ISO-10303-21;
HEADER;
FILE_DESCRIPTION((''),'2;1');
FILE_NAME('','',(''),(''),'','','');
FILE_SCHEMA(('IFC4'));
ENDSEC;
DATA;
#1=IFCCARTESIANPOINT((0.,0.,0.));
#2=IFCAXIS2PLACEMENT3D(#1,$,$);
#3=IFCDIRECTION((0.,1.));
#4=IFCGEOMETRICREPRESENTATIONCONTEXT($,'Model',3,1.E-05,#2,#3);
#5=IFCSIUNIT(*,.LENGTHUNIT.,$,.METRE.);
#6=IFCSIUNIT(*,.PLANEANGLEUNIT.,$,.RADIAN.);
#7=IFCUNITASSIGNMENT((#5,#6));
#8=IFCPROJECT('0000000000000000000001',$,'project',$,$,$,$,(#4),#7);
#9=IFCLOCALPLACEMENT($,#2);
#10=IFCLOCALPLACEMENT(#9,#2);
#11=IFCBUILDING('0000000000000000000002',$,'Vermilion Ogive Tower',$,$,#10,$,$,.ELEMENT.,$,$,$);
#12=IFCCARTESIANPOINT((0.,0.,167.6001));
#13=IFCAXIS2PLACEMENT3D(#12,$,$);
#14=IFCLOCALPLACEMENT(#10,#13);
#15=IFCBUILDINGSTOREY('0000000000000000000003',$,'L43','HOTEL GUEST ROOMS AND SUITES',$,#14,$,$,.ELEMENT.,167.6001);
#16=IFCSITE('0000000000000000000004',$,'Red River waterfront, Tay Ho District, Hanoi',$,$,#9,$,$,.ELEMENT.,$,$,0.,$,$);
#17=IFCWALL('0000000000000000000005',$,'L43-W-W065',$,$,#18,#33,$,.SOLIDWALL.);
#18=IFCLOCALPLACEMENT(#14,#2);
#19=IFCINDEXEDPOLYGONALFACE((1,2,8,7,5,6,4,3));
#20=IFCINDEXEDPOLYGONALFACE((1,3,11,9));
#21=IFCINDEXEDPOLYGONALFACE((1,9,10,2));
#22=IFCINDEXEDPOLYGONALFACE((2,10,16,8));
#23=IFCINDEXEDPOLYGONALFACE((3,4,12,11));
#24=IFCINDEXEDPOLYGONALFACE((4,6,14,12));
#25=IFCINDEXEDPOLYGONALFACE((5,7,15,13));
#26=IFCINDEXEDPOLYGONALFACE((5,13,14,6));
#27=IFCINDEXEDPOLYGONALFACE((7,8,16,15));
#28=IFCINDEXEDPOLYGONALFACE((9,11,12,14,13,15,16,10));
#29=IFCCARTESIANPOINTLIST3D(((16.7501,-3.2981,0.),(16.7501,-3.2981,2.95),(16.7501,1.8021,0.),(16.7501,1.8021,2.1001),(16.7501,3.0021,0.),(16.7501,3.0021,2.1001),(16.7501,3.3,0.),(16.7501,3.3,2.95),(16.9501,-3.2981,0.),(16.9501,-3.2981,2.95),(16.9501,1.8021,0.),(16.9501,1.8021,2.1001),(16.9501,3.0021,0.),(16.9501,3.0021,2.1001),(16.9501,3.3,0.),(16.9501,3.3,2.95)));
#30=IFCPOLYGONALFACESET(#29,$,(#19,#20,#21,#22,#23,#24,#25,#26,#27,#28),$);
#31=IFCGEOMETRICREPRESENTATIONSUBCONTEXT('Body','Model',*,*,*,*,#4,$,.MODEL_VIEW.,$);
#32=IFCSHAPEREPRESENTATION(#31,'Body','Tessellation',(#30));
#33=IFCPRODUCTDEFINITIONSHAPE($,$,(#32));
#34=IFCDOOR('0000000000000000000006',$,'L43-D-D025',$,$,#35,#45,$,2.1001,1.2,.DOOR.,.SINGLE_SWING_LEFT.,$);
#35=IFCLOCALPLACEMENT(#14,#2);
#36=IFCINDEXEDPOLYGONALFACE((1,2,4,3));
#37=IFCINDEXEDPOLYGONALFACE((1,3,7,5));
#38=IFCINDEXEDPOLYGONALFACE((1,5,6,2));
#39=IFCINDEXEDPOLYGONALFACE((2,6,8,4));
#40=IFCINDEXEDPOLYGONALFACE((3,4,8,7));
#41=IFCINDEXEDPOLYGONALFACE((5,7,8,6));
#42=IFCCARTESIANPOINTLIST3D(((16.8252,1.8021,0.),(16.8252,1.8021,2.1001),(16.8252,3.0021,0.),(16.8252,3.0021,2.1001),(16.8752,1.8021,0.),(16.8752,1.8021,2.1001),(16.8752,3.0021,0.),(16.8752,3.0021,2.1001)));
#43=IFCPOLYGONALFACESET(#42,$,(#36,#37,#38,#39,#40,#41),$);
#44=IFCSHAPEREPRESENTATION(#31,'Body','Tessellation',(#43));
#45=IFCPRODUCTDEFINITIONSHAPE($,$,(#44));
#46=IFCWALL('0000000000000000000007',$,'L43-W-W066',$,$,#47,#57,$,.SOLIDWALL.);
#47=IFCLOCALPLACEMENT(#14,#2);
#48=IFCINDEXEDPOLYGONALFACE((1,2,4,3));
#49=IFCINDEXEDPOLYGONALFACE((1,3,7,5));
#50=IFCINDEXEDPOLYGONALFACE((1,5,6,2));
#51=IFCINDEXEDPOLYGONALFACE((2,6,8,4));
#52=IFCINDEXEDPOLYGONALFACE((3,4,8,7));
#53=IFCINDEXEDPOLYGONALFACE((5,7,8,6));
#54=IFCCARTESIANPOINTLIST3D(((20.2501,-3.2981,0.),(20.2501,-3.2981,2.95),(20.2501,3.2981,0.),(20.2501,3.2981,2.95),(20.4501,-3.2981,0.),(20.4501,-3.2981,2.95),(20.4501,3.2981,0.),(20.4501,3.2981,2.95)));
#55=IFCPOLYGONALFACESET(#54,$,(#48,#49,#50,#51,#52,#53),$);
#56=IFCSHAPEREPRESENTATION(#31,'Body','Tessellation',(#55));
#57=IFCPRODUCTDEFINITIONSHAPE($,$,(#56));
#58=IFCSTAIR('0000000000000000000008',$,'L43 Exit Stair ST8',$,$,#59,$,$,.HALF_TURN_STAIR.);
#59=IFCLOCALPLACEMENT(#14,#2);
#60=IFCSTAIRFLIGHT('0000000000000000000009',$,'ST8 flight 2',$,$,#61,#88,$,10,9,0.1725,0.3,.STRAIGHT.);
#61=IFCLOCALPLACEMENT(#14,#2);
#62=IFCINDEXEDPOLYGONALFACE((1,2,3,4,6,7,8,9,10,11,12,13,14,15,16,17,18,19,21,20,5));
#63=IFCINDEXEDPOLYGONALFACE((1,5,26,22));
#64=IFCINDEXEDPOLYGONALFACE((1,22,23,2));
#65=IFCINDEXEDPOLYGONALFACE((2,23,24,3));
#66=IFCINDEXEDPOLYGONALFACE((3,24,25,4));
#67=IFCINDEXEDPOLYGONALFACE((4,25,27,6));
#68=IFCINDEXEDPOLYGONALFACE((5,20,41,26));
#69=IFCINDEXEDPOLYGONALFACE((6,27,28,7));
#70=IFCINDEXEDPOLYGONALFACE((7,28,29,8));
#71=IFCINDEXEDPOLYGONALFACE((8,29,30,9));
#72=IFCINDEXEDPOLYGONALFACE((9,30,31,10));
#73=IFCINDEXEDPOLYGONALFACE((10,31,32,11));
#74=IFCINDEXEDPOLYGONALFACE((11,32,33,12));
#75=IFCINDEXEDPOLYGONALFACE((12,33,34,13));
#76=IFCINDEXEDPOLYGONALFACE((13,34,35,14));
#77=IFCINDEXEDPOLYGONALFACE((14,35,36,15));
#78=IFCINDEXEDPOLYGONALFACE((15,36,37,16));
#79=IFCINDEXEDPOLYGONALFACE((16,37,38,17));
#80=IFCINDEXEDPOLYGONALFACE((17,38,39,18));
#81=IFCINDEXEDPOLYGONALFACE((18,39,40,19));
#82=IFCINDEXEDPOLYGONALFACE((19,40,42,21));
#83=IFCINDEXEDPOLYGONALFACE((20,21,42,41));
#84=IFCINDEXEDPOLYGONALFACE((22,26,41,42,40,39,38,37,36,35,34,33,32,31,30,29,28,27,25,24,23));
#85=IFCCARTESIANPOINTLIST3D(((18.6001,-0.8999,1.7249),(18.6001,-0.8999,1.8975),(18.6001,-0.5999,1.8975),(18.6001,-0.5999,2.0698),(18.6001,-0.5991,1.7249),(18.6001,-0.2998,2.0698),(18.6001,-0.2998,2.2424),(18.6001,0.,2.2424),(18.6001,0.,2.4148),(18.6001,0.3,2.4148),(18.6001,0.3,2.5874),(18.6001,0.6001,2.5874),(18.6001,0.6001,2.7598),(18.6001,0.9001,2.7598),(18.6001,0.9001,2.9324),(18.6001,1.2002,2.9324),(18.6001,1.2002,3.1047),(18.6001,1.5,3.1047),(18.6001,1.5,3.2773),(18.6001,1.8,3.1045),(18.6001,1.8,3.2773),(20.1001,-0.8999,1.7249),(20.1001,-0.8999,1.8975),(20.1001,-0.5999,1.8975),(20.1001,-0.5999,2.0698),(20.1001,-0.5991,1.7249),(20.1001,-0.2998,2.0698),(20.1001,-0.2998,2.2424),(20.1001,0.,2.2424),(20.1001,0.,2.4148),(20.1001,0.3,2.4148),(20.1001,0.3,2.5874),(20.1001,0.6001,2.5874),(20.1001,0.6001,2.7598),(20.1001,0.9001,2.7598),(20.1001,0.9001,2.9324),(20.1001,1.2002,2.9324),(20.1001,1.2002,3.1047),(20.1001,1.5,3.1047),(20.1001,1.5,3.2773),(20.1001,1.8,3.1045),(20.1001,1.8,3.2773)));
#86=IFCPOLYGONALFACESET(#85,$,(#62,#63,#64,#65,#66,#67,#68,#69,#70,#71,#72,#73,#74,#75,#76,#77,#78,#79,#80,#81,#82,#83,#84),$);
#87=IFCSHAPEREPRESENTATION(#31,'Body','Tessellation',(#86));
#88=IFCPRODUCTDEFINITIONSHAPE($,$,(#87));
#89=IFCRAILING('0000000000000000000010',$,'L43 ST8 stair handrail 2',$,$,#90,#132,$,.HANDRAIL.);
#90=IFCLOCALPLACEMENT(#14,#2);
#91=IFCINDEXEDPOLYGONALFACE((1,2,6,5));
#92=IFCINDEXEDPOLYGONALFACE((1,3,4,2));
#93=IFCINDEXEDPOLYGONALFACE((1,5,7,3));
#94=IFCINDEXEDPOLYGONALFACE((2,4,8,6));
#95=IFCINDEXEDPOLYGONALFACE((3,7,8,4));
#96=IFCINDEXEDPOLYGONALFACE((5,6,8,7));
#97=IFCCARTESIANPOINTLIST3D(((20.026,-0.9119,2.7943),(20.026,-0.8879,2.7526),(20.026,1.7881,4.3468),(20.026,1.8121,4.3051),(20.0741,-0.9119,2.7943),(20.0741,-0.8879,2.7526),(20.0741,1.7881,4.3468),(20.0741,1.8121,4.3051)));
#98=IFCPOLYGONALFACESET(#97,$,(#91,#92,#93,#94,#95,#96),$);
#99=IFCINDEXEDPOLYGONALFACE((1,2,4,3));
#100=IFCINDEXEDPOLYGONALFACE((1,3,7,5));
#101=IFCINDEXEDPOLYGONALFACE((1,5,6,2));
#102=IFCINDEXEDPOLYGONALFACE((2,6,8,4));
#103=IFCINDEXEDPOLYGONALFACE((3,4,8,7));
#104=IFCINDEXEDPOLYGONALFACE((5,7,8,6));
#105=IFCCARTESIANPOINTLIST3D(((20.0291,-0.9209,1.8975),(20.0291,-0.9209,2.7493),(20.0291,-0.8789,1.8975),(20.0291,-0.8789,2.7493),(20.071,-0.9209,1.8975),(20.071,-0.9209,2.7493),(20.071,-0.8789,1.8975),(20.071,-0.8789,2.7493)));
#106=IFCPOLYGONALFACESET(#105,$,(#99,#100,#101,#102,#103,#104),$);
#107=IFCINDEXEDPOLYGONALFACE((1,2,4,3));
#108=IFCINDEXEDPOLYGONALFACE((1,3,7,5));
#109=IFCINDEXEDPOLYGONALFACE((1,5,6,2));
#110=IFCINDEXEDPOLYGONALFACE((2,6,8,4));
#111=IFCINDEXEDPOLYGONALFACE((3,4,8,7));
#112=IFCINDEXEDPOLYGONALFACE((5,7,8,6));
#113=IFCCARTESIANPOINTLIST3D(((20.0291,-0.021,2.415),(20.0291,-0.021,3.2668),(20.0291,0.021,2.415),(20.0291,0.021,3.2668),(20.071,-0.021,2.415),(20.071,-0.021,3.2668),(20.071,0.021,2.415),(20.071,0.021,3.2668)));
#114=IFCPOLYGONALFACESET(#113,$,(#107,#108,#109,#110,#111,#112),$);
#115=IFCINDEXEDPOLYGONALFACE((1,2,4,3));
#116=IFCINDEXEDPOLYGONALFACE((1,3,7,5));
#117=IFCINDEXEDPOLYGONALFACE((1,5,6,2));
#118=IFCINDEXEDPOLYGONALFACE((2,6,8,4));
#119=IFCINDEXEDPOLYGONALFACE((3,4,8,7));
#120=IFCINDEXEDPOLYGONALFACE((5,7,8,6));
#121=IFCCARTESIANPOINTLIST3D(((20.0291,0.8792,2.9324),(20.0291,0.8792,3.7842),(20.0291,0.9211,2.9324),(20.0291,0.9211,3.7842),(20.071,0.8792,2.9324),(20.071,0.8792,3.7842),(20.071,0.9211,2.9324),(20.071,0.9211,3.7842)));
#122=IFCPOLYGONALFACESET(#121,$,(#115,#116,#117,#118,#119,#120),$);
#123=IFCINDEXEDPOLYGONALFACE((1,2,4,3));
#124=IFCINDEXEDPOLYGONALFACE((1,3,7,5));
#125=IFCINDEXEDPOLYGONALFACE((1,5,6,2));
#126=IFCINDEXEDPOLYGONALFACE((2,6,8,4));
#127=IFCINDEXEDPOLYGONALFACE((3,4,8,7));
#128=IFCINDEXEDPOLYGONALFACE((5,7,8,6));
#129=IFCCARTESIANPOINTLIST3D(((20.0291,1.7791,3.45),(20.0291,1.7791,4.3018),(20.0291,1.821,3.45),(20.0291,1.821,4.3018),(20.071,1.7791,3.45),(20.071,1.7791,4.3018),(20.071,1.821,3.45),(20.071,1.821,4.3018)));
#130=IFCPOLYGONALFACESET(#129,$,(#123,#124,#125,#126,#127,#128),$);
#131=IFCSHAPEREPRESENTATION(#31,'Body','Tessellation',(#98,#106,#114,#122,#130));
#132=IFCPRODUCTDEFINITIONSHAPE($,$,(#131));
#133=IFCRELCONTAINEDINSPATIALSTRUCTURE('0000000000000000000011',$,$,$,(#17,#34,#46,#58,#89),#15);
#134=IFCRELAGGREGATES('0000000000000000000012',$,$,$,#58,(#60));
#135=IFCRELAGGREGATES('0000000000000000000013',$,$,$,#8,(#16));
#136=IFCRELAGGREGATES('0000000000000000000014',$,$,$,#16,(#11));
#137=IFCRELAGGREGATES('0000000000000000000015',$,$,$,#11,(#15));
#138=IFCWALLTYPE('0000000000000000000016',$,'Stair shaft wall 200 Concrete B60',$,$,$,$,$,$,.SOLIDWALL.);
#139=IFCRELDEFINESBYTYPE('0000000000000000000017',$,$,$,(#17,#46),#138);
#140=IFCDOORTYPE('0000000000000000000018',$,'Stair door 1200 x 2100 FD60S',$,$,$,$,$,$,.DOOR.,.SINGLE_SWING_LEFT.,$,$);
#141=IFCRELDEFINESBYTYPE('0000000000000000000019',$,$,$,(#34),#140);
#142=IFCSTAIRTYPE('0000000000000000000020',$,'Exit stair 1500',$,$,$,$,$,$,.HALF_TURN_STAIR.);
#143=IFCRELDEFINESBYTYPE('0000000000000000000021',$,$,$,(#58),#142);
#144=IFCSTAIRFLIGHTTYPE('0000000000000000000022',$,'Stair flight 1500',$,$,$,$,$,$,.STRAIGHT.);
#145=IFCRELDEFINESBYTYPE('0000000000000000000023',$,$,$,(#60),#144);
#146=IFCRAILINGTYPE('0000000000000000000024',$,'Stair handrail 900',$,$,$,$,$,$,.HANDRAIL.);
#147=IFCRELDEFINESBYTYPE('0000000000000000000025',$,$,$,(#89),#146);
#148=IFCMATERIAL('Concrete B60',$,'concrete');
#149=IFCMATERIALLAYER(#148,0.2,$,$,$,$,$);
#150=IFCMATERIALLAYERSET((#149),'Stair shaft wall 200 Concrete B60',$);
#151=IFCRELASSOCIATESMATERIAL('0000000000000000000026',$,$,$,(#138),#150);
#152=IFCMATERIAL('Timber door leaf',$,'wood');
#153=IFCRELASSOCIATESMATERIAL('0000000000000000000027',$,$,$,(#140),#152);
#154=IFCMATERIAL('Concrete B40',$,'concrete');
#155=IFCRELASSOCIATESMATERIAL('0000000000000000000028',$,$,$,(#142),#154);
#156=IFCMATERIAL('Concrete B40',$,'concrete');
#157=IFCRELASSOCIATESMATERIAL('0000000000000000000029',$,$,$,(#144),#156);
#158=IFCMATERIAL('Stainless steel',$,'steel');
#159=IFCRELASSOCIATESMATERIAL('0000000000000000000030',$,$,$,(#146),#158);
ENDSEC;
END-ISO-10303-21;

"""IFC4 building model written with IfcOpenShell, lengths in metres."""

from ifc_helpers import new_model, si_unit, direction, frame, frame_2d, origin, origin_2d, place, context, subcontext, project, spatial, polyline, rectangle, outline, extrude, material, layer, layer_set, type_object, element, fill, aggregate, save


model = new_model("IFC4")

# Units and contexts
model_context = context("Model", 3, precision=1e-05, world=origin(), true_north=direction((0.0, 1.0)))
body_context = subcontext(model_context, "Body", "Model", "MODEL_VIEW")
ifc_project = project(units=[si_unit("LENGTHUNIT", "METRE"), si_unit("PLANEANGLEUNIT", "RADIAN")], contexts=[model_context])

# Site, building, storey
site_placement = place(None, origin())
site = spatial("IfcSite", under=ifc_project, at=site_placement, Name="Red River waterfront, Tay Ho District, Hanoi", CompositionType="ELEMENT", RefElevation=0.0)
building_placement = place(site_placement, origin())
building = spatial("IfcBuilding", under=site, at=building_placement, Name="Vermilion Ogive Tower", CompositionType="ELEMENT")
storey_placement = place(building_placement, frame((0.0, 0.0, 167.6001)))
storey = spatial("IfcBuildingStorey", under=building, at=storey_placement, Name="L43", Description="HOTEL GUEST ROOMS AND SUITES", CompositionType="ELEMENT", Elevation=167.6001)

# Shared definitions
ifc_material_1 = material(Name="Concrete B60", Category="concrete")
ifc_layer_1 = layer(ifc_material_1, 0.2)
ifc_layer_set_1 = layer_set([ifc_layer_1], Name="Stair shaft wall 200 Concrete B60")
wall_type_1 = type_object("IfcWallType", Name="Stair shaft wall 200 Concrete B60", PredefinedType="SOLIDWALL", material=ifc_layer_set_1)

# Wall, opening, door
wall_1_placement = place(storey_placement, frame((16.8501, -3.2981, 0.0), z_axis=(0.0, 0.0, 1.0), x_axis=(0.0, 1.0, 0.0)))
wall_1 = element("IfcWall", 1, at=wall_1_placement, inside=storey, type_object=wall_type_1, Name="L43-W-W065", PredefinedType="SOLIDWALL", context=body_context, shape_type="SweptSolid", body=[
    extrude(rectangle(XDim=6.5981, YDim=0.2, at=frame_2d((3.2991, 0.0))), origin(), (0.0, 0.0, 1.0), 2.95),
])
opening_1_placement = place(wall_1_placement, frame((5.1001, 0.0, 0.0)))
opening_1 = element("IfcOpeningElement", 2, at=opening_1_placement, cuts=wall_1, PredefinedType="OPENING", context=body_context, shape_type="SweptSolid", body=[
    extrude(rectangle(XDim=1.2, YDim=2.1001, at=frame_2d((0.6001, 1.05))), frame((0.0, 0.1099, 0.0), z_axis=(0.0, -1.0, 0.0), x_axis=(1.0, 0.0, 0.0)), (0.0, 0.0, 1.0), 0.22),
])
ifc_material_2 = material(Name="Timber door leaf", Category="wood")
door_type_1 = type_object("IfcDoorType", Name="Stair door 1200 x 2100 FD60S", OperationType="SINGLE_SWING_LEFT", PredefinedType="DOOR", material=ifc_material_2)
door_1_placement = place(opening_1_placement, origin())
door_1 = element("IfcDoor", 3, at=door_1_placement, inside=storey, type_object=door_type_1, Name="L43-D-D025", OperationType="SINGLE_SWING_LEFT", OverallHeight=2.1001, OverallWidth=1.2, PredefinedType="DOOR", context=body_context, shape_type="SweptSolid", body=[
    extrude(rectangle(XDim=1.2, YDim=2.1001, at=frame_2d((0.6001, 1.05))), frame((0.0, 0.0249, 0.0), z_axis=(0.0, -1.0, 0.0), x_axis=(1.0, 0.0, 0.0)), (0.0, 0.0, 1.0), 0.05),
])
fill(opening_1, door_1)

# Wall
wall_2_placement = place(storey_placement, frame((20.3501, -3.2981, 0.0), z_axis=(0.0, 0.0, 1.0), x_axis=(0.0, 1.0, 0.0)))
element("IfcWall", 4, at=wall_2_placement, inside=storey, type_object=wall_type_1, Name="L43-W-W066", PredefinedType="SOLIDWALL", context=body_context, shape_type="SweptSolid", body=[
    extrude(rectangle(XDim=6.5962, YDim=0.2, at=frame_2d((3.2981, 0.0))), origin(), (0.0, 0.0, 1.0), 2.95),
])

# Stair, stair flight
ifc_material_3 = material(Name="Concrete B40", Category="concrete")
stair_type = type_object("IfcStairType", Name="Exit stair 1500", PredefinedType="HALF_TURN_STAIR", material=ifc_material_3)
stair_placement = place(storey_placement, origin())
stair = element("IfcStair", 5, at=stair_placement, inside=storey, type_object=stair_type, Name="L43 Exit Stair ST8", PredefinedType="HALF_TURN_STAIR")
ifc_material_4 = material(Name="Concrete B40", Category="concrete")
stair_flight_type = type_object("IfcStairFlightType", Name="Stair flight 1500", PredefinedType="STRAIGHT", material=ifc_material_4)
stair_flight_placement = place(storey_placement, frame((19.3501, -0.8999, 1.7249), z_axis=(0.0, 0.0, 1.0), x_axis=(0.0, 1.0, 0.0)))
stair_flight = element("IfcStairFlight", 6, at=stair_flight_placement, type_object=stair_flight_type, Name="ST8 flight 2", NumberOfRisers=10, NumberOfTreads=9, PredefinedType="STRAIGHT", RiserHeight=0.1725, TreadLength=0.3, context=body_context, shape_type="SweptSolid", body=[
    extrude(outline(polyline([(0.0, 0.0), (0.0, 0.1726), (0.3, 0.1726), (0.3, 0.345), (0.6001, 0.345), (0.6001, 0.5176), (0.8999, 0.5176), (0.8999, 0.6899), (1.2, 0.6899), (1.2, 0.8625), (1.5, 0.8625), (1.5, 1.0349), (1.8, 1.0349), (1.8, 1.2075), (2.1001, 1.2075), (2.1001, 1.3799), (2.3999, 1.3799), (2.3999, 1.5525), (2.7, 1.5525), (2.7, 1.7251), (2.7, 1.3796), (0.3008, 0.0), (0.0, 0.0)])), frame((0.0, 0.75, 0.0), z_axis=(0.0, -1.0, 0.0), x_axis=(1.0, 0.0, 0.0)), (0.0, 0.0, 1.0), 1.5),
])
aggregate(stair, [stair_flight])

# Railing
ifc_material_5 = material(Name="Stainless steel", Category="steel")
railing_type = type_object("IfcRailingType", Name="Stair handrail 900", PredefinedType="HANDRAIL", material=ifc_material_5)
railing_placement = place(storey_placement, frame((20.05, -0.8999, 1.8975)))
element("IfcRailing", 7, at=railing_placement, inside=storey, type_object=railing_type, Name="L43 ST8 stair handrail 2", PredefinedType="HANDRAIL", context=body_context, shape_type="SweptSolid", body=[
    extrude(rectangle(XDim=0.0481, YDim=0.0481, at=origin_2d()), frame((0.0, 0.0, 0.876), z_axis=(0.0, 0.866904, 0.498476), x_axis=(-1.0, 0.0, 0.0)), (0.0, 0.0, 1.0), 3.1145),
    extrude(rectangle(XDim=0.042, YDim=0.042, at=origin_2d()), origin(), (0.0, 0.0, 1.0), 0.8518),
    extrude(rectangle(XDim=0.042, YDim=0.042, at=origin_2d()), frame((0.0, 0.8999, 0.5176)), (0.0, 0.0, 1.0), 0.8518),
    extrude(rectangle(XDim=0.042, YDim=0.042, at=origin_2d()), frame((0.0, 1.8, 1.0349)), (0.0, 0.0, 1.0), 0.8518),
    extrude(rectangle(XDim=0.042, YDim=0.042, at=origin_2d()), frame((0.0, 2.7, 1.5525)), (0.0, 0.0, 1.0), 0.8518),
])

save(model, "model.ifc")
